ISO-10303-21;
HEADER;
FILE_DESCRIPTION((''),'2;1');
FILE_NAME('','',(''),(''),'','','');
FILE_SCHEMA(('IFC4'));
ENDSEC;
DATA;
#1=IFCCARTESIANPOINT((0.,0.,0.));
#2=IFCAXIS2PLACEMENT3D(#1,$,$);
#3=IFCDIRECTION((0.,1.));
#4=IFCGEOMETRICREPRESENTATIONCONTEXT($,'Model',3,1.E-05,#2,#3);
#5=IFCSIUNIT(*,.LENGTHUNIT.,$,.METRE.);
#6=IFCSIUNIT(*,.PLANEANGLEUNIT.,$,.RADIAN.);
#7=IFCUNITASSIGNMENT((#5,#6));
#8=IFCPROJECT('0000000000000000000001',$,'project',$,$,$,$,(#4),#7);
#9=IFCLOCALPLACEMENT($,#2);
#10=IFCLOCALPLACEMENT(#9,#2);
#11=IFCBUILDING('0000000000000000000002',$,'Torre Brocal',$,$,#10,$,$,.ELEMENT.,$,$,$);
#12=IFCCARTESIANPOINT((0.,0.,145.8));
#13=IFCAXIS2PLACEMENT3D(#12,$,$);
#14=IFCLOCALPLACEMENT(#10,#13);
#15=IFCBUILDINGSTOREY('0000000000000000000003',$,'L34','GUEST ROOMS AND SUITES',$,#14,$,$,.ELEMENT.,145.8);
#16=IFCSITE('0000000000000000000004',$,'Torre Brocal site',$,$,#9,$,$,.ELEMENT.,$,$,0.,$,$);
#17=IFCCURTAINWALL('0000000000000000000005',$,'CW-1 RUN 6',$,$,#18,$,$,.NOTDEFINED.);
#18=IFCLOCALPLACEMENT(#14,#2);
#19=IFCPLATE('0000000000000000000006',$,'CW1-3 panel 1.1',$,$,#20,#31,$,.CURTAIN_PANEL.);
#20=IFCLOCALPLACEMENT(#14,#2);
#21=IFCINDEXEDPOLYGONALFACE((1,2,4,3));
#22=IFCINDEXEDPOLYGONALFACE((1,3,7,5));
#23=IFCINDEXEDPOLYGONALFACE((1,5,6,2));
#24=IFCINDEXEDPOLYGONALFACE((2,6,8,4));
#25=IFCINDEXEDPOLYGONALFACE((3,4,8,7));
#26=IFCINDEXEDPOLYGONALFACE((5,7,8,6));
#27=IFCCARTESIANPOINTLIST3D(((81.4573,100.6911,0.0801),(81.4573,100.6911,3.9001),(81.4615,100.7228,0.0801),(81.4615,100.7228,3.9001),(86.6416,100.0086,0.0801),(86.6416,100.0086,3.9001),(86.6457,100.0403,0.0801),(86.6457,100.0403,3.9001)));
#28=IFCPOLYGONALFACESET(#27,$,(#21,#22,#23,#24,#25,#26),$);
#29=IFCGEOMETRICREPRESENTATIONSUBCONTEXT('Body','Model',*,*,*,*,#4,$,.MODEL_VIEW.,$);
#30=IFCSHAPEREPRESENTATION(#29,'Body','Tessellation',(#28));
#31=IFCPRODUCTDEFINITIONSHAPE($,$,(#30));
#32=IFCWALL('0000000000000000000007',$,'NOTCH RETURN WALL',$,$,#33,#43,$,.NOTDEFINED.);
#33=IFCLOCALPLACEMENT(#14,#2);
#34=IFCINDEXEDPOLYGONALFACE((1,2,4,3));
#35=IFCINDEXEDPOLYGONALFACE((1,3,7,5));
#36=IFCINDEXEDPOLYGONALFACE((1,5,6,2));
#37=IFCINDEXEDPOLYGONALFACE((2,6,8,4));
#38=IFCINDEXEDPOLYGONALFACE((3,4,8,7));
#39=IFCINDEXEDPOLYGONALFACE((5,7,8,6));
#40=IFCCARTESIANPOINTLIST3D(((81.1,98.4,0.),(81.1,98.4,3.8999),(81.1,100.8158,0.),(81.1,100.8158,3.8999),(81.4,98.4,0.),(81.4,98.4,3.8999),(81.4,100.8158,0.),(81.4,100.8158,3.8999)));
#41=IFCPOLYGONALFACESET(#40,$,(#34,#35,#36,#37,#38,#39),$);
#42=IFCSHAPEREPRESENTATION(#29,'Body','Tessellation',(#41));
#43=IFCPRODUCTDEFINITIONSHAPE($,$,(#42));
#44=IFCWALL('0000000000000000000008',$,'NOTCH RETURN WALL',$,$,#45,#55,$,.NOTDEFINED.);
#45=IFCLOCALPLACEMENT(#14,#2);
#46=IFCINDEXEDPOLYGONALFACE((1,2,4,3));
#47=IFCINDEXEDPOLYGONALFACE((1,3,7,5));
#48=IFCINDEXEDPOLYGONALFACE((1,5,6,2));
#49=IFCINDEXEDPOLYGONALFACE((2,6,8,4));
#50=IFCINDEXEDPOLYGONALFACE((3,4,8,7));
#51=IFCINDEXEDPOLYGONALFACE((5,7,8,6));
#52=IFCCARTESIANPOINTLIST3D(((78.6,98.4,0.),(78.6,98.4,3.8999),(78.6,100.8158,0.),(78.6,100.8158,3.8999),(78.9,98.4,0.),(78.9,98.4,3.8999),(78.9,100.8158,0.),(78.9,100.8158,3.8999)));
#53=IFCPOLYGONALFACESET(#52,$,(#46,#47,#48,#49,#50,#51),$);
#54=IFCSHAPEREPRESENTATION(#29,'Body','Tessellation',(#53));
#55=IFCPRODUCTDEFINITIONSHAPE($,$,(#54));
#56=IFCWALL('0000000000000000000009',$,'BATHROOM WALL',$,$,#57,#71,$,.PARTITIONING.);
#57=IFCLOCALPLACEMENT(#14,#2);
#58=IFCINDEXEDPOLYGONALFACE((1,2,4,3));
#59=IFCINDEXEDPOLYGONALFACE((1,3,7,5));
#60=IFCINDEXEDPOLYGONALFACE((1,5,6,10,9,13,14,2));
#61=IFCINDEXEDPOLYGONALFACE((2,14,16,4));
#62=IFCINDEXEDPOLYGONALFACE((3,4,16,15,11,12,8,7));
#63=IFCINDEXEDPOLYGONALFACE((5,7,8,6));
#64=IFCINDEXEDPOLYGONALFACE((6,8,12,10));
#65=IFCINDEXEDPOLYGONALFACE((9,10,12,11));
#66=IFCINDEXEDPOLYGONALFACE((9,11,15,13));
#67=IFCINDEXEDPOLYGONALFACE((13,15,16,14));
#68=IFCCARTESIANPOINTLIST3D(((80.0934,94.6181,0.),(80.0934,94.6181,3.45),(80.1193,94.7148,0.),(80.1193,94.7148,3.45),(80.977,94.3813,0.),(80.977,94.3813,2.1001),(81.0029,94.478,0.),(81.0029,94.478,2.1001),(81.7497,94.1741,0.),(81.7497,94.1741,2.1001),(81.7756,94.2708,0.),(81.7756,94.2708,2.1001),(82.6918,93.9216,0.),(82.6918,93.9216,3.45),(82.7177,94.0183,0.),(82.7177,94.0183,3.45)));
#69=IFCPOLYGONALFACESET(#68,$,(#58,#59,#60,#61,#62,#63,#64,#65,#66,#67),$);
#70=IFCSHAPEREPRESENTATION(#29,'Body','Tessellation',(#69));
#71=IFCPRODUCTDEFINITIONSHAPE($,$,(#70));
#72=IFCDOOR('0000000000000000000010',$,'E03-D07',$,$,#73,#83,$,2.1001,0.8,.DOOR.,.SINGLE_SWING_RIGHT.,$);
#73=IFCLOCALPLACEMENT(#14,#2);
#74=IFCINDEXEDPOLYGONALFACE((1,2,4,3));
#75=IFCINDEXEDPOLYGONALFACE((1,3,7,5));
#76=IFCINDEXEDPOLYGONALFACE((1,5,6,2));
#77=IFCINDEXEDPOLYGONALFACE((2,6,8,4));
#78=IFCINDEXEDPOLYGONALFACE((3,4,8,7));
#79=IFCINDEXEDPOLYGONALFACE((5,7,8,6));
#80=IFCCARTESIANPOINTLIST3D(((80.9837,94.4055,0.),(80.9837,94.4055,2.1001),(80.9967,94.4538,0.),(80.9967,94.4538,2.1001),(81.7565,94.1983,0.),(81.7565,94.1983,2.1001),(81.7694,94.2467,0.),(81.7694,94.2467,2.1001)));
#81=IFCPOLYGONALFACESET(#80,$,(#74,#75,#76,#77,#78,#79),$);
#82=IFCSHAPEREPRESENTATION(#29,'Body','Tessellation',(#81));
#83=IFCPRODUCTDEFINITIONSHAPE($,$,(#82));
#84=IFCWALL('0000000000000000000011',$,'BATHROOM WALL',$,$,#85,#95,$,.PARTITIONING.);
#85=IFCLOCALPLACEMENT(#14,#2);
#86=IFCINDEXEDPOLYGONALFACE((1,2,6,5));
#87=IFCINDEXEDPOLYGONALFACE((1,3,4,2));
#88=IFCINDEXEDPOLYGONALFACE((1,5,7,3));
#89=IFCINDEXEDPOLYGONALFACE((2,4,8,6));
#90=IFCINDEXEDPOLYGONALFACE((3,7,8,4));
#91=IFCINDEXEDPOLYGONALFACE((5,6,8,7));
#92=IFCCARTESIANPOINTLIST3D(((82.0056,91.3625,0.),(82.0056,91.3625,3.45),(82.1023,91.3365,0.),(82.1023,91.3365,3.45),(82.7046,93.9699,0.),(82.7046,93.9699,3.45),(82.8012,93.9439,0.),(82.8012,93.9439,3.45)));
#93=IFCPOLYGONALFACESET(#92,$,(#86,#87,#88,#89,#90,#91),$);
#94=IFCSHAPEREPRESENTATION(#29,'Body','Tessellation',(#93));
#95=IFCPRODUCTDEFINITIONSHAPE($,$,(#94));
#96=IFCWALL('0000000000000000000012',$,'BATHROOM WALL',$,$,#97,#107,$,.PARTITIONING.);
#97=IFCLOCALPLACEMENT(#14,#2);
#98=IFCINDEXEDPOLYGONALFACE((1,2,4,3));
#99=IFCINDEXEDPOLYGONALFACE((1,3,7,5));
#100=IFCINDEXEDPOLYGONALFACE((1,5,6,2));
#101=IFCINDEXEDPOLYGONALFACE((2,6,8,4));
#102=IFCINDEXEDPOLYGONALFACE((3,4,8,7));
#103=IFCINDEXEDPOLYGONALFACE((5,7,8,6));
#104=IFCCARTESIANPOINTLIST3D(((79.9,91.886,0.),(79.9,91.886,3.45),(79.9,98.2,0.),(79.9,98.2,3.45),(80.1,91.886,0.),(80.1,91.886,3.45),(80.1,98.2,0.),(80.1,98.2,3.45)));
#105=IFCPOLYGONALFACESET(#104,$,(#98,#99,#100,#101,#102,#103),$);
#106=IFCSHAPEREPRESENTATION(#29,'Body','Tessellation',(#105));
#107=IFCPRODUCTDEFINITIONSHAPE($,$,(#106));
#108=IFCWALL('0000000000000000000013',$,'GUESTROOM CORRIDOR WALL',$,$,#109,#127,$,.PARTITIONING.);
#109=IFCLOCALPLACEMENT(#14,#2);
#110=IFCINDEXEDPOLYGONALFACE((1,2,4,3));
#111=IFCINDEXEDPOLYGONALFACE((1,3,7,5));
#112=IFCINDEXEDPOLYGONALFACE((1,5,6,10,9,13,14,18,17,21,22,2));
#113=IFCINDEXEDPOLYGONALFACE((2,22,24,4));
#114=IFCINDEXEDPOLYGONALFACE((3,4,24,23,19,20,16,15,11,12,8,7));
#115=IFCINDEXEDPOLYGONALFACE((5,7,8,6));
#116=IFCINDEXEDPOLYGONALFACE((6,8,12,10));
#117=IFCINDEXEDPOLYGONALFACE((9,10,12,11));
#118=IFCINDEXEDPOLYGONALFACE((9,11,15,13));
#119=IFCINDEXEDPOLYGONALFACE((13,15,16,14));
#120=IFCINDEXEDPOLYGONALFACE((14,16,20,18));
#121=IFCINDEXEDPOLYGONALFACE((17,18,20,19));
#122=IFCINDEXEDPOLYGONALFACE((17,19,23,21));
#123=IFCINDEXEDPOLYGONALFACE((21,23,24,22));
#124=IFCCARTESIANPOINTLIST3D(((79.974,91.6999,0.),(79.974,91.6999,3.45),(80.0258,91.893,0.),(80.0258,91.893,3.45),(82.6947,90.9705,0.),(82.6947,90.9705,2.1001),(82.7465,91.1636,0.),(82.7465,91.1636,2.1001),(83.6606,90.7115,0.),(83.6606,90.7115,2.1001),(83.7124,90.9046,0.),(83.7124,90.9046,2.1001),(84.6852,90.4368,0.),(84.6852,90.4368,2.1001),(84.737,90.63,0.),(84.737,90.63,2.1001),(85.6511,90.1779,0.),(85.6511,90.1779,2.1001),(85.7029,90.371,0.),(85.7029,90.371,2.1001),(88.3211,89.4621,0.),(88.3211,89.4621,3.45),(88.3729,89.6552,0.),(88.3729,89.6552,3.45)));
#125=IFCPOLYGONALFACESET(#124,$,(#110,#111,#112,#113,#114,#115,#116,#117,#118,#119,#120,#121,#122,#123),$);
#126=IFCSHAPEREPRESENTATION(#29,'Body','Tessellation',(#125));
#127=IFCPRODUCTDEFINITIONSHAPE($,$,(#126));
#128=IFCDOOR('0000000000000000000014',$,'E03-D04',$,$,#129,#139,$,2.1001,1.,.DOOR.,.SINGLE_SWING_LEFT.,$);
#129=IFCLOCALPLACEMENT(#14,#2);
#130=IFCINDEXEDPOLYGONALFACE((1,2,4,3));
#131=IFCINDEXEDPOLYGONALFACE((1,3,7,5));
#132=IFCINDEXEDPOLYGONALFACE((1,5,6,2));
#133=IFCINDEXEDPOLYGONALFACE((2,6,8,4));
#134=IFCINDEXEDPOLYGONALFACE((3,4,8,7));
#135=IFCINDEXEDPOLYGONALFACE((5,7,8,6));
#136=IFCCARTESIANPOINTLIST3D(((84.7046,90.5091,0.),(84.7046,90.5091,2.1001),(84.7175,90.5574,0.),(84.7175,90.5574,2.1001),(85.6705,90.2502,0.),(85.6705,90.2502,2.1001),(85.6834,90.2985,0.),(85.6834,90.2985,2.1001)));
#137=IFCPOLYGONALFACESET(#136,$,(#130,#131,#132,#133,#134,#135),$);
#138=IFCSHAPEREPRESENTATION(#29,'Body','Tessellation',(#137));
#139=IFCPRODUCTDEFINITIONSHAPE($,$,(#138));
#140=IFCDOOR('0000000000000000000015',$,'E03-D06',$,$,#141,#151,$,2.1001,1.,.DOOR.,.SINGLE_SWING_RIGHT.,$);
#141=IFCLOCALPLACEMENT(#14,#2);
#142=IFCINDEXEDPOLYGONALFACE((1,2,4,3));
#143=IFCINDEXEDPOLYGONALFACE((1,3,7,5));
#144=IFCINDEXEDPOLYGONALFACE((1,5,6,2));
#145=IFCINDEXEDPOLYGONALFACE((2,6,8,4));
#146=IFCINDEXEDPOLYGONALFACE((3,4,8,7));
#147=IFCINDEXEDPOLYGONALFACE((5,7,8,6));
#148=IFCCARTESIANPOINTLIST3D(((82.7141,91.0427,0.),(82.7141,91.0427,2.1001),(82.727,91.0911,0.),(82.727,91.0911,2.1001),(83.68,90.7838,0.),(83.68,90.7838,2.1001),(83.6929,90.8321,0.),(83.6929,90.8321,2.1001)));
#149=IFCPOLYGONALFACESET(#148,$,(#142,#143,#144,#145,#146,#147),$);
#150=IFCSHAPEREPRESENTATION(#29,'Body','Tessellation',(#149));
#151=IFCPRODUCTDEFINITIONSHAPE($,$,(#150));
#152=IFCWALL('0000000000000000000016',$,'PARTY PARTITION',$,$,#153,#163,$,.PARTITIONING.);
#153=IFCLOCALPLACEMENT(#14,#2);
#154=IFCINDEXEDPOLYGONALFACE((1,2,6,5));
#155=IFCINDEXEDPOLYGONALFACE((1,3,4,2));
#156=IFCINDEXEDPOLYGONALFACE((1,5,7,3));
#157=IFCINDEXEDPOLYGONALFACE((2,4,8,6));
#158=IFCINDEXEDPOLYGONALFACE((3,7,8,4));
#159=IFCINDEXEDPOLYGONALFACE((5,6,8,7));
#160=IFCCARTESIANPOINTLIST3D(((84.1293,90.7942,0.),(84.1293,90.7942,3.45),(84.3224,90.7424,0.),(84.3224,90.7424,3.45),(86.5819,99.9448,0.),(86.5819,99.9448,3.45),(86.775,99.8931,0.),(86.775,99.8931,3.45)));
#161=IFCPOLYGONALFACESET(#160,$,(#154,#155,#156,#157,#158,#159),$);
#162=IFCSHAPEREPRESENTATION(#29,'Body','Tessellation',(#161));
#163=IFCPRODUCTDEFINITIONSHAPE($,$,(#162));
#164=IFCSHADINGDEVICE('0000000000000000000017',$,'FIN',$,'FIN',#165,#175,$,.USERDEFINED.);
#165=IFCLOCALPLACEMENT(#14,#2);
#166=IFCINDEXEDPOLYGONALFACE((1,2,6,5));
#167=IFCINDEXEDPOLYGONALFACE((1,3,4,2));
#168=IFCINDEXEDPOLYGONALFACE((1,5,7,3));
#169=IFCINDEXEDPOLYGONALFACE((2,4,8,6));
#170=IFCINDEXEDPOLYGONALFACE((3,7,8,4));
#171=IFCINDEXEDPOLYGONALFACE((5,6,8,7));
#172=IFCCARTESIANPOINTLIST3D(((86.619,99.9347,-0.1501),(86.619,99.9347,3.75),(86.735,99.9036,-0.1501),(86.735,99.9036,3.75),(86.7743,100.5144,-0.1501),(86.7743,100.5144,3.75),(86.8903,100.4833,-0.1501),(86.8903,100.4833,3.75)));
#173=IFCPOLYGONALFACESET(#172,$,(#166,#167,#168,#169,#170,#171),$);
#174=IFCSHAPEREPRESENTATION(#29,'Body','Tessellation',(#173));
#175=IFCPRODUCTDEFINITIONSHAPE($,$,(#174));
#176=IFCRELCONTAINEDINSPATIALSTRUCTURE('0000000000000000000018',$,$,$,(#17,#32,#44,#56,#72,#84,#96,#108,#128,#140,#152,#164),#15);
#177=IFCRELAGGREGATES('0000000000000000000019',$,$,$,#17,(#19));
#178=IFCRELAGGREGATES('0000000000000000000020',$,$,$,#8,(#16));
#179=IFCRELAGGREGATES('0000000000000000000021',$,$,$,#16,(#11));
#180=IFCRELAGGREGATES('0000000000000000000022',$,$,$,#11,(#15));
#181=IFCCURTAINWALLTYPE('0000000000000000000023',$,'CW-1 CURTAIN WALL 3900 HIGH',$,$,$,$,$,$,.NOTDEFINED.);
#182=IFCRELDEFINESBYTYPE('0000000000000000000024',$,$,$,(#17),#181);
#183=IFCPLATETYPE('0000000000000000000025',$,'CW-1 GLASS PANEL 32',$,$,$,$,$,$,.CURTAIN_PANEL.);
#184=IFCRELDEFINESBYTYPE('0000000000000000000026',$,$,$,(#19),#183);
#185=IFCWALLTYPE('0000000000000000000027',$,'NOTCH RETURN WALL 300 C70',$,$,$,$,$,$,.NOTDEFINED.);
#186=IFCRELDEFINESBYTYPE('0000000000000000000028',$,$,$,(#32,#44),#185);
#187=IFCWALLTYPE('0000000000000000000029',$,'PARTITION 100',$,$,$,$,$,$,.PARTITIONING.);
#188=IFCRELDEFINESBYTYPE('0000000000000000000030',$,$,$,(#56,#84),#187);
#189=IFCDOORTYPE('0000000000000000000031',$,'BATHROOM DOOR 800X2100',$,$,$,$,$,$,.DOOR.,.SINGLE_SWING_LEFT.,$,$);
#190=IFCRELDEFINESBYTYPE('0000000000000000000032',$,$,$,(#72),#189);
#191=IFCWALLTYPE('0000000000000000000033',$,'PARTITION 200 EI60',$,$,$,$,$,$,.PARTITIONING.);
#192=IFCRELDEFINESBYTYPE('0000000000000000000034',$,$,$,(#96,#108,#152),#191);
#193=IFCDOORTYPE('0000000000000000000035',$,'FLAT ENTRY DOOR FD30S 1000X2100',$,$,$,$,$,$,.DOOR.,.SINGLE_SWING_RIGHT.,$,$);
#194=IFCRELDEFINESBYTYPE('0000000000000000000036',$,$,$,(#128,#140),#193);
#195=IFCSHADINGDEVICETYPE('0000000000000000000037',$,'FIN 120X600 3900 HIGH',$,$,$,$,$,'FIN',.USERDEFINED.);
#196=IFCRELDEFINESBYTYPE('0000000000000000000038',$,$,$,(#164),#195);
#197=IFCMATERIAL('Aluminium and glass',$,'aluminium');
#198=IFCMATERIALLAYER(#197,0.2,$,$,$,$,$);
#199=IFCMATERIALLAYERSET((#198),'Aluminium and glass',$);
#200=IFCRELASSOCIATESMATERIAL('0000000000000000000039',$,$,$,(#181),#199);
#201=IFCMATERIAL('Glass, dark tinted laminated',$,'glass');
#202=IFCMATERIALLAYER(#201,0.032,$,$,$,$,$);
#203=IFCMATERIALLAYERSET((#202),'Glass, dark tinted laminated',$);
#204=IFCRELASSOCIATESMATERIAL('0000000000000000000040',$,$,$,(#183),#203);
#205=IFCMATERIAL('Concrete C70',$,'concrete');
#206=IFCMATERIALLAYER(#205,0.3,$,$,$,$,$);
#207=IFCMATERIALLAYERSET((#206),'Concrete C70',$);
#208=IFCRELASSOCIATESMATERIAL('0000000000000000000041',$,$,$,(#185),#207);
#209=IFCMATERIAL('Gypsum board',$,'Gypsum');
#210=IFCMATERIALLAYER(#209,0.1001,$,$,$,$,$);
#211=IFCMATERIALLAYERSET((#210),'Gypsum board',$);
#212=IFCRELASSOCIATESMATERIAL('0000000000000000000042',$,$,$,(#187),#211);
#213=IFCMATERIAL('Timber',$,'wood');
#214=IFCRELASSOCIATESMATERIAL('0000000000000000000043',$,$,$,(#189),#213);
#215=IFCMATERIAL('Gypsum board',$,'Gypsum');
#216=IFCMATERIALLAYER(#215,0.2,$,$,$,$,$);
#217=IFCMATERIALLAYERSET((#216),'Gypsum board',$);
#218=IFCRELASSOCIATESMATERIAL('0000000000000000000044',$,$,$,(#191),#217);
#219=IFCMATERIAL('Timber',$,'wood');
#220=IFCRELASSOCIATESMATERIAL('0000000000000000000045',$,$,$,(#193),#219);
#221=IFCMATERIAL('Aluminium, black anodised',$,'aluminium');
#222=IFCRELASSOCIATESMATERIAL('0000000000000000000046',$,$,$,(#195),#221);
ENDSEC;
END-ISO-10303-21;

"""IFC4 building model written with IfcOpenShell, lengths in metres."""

from ifc_helpers import new_model, si_unit, direction, frame, frame_2d, origin, origin_2d, place, context, subcontext, project, spatial, rectangle, extrude, material, layer, layer_set, material_profile, profile_set, type_object, element, fill, aggregate, save


model = new_model("IFC4")

# Units and contexts
model_context = context("Model", 3, precision=1e-05, world=origin(), true_north=direction((0.0, 1.0)))
body_context = subcontext(model_context, "Body", "Model", "MODEL_VIEW")
ifc_project = project(units=[si_unit("LENGTHUNIT", "METRE"), si_unit("PLANEANGLEUNIT", "RADIAN")], contexts=[model_context])

# Site, building, storey
site_placement = place(None, origin())
site = spatial("IfcSite", under=ifc_project, at=site_placement, Name="Torre Brocal site", CompositionType="ELEMENT", RefElevation=0.0)
building_placement = place(site_placement, origin())
building = spatial("IfcBuilding", under=site, at=building_placement, Name="Torre Brocal", CompositionType="ELEMENT")
storey_placement = place(building_placement, frame((0.0, 0.0, 145.8)))
storey = spatial("IfcBuildingStorey", under=building, at=storey_placement, Name="L34", Description="GUEST ROOMS AND SUITES", CompositionType="ELEMENT", Elevation=145.8)

# Shared definitions
ifc_material_1 = material(Name="Aluminium and glass", Category="aluminium")
ifc_layer_1 = layer(ifc_material_1, 0.2)
ifc_layer_set_1 = layer_set([ifc_layer_1], Name="Aluminium and glass")
curtain_wall_type = type_object("IfcCurtainWallType", Name="CW-1 CURTAIN WALL 3900 HIGH", PredefinedType="NOTDEFINED", material=ifc_layer_set_1)

# Curtain wall
curtain_wall_1_placement = place(storey_placement, origin())
curtain_wall_1 = element("IfcCurtainWall", 1, at=curtain_wall_1_placement, inside=storey, type_object=curtain_wall_type, Name="CW-1 RUN 6", PredefinedType="NOTDEFINED")

# Plate
ifc_material_2 = material(Name="Glass, dark tinted laminated", Category="glass")
ifc_layer_2 = layer(ifc_material_2, 0.032)
ifc_layer_set_2 = layer_set([ifc_layer_2], Name="Glass, dark tinted laminated")
plate_type = type_object("IfcPlateType", Name="CW-1 GLASS PANEL 32", PredefinedType="CURTAIN_PANEL", material=ifc_layer_set_2)
plate_1_placement = place(storey_placement, frame((84.0515, 100.3657, 0.0801), z_axis=(0.0, 0.0, 1.0), x_axis=(-0.991445, 0.130526, 0.0)))
plate_1 = element("IfcPlate", 2, at=plate_1_placement, type_object=plate_type, Name="CW1-3 panel 1.1", PredefinedType="CURTAIN_PANEL", context=body_context, shape_type="SweptSolid", body=[
    extrude(rectangle(XDim=5.229, YDim=0.032, at=origin_2d()), origin(), (0.0, 0.0, 1.0), 3.8201),
])
aggregate(curtain_wall_1, [plate_1])

# Walls
ifc_material_3 = material(Name="Concrete C70", Category="concrete")
ifc_layer_3 = layer(ifc_material_3, 0.3)
ifc_layer_set_3 = layer_set([ifc_layer_3], Name="Concrete C70")
wall_type_1 = type_object("IfcWallType", Name="NOTCH RETURN WALL 300 C70", PredefinedType="NOTDEFINED", material=ifc_layer_set_3)
for number, where, z_axis, x_axis, name in (
    (3, (81.25, 98.3999, 0.0), (0.0, 0.0, 1.0), (0.0, 1.0, 0.0), "NOTCH RETURN WALL"),
    (4, (78.75, 98.3999, 0.0), (0.0, 0.0, 1.0), (0.0, 1.0, 0.0), "NOTCH RETURN WALL"),
):
    element("IfcWall", number, at=place(storey_placement, frame(where, z_axis=z_axis, x_axis=x_axis)), inside=storey, type_object=wall_type_1, Name=name, PredefinedType="NOTDEFINED", context=body_context, shape_type="SweptSolid", body=[
        extrude(rectangle(XDim=2.4158, YDim=0.3, at=frame_2d((1.208, 0.0))), origin(), (0.0, 0.0, 1.0), 3.8999),
    ])

# Wall, opening, door
ifc_material_4 = material(Name="Gypsum board", Category="Gypsum")
ifc_layer_4 = layer(ifc_material_4, 0.1001)
ifc_layer_set_4 = layer_set([ifc_layer_4], Name="Gypsum board")
wall_type_2 = type_object("IfcWallType", Name="PARTITION 100", PredefinedType="PARTITIONING", material=ifc_layer_set_4)
wall_1_placement = place(storey_placement, frame((80.1062, 94.6665, 0.0), z_axis=(0.0, 0.0, 1.0), x_axis=(0.965898, -0.258922, 0.0)))
wall_1 = element("IfcWall", 5, at=wall_1_placement, inside=storey, type_object=wall_type_2, Name="BATHROOM WALL", PredefinedType="PARTITIONING", context=body_context, shape_type="SweptSolid", body=[
    extrude(rectangle(XDim=2.6902, YDim=0.1001, at=frame_2d((1.3452, 0.0))), origin(), (0.0, 0.0, 1.0), 3.45),
])
opening_1_placement = place(wall_1_placement, frame((0.915, 0.0, 0.0)))
opening_1 = element("IfcOpeningElement", 6, at=opening_1_placement, cuts=wall_1, PredefinedType="OPENING", context=body_context, shape_type="SweptSolid", body=[
    extrude(rectangle(XDim=0.8, YDim=2.1001, at=frame_2d((0.3999, 1.05))), frame((0.0, 0.0601, 0.0), z_axis=(0.0, -1.0, 0.0), x_axis=(1.0, 0.0, 0.0)), (0.0, 0.0, 1.0), 0.1201),
])
ifc_material_5 = material(Name="Timber", Category="wood")
door_type_1 = type_object("IfcDoorType", Name="BATHROOM DOOR 800X2100", OperationType="SINGLE_SWING_LEFT", PredefinedType="DOOR", material=ifc_material_5)
door_1_placement = place(opening_1_placement, frame((0.8, 0.0, 0.0), z_axis=(0.0, 0.0, 1.0), x_axis=(-1.0, 0.0, 0.0)))
door_1 = element("IfcDoor", 7, at=door_1_placement, inside=storey, type_object=door_type_1, Name="E03-D07", OperationType="SINGLE_SWING_RIGHT", OverallHeight=2.1001, OverallWidth=0.8, PredefinedType="DOOR", context=body_context, shape_type="SweptSolid", body=[
    extrude(rectangle(XDim=0.8, YDim=2.1001, at=frame_2d((0.3999, 1.05))), frame((0.0, 0.0249, 0.0), z_axis=(0.0, -1.0, 0.0), x_axis=(1.0, 0.0, 0.0)), (0.0, 0.0, 1.0), 0.05),
])
fill(opening_1, door_1)

# Walls
wall_2_placement = place(storey_placement, frame((82.054, 91.3496, 0.0), z_axis=(0.0, 0.0, 1.0), x_axis=(0.258929, 0.965896, 0.0)))
element("IfcWall", 8, at=wall_2_placement, inside=storey, type_object=wall_type_2, Name="BATHROOM WALL", PredefinedType="PARTITIONING", context=body_context, shape_type="SweptSolid", body=[
    extrude(rectangle(XDim=2.6995, YDim=0.1001, at=frame_2d((1.3496, 0.0))), origin(), (0.0, 0.0, 1.0), 3.45),
])
ifc_material_6 = material(Name="Gypsum board", Category="Gypsum")
ifc_layer_5 = layer(ifc_material_6, 0.2)
ifc_layer_set_5 = layer_set([ifc_layer_5], Name="Gypsum board")
wall_type_3 = type_object("IfcWallType", Name="PARTITION 200 EI60", PredefinedType="PARTITIONING", material=ifc_layer_set_5)
wall_3_placement = place(storey_placement, frame((80.0, 91.886, 0.0), z_axis=(0.0, 0.0, 1.0), x_axis=(0.0, 1.0, 0.0)))
element("IfcWall", 9, at=wall_3_placement, inside=storey, type_object=wall_type_3, Name="BATHROOM WALL", PredefinedType="PARTITIONING", context=body_context, shape_type="SweptSolid", body=[
    extrude(rectangle(XDim=6.314, YDim=0.2, at=frame_2d((3.157, 0.0))), origin(), (0.0, 0.0, 1.0), 3.45),
])

# Wall, openings, doors
wall_4_placement = place(storey_placement, frame((80.0, 91.7964, 0.0), z_axis=(0.0, 0.0, 1.0), x_axis=(0.965892, -0.258946, 0.0)))
wall_4 = element("IfcWall", 10, at=wall_4_placement, inside=storey, type_object=wall_type_3, Name="GUESTROOM CORRIDOR WALL", PredefinedType="PARTITIONING", context=body_context, shape_type="SweptSolid", body=[
    extrude(rectangle(XDim=8.6418, YDim=0.2, at=frame_2d((4.3208, 0.0))), origin(), (0.0, 0.0, 1.0), 3.45),
])
opening_2_placement = place(wall_4_placement, frame((4.8774, 0.0, 0.0)))
opening_2 = element("IfcOpeningElement", 11, at=opening_2_placement, cuts=wall_4, PredefinedType="OPENING", context=body_context, shape_type="SweptSolid", body=[
    extrude(rectangle(XDim=1.0, YDim=2.1001, at=frame_2d((0.5, 1.05))), frame((0.0, 0.1099, 0.0), z_axis=(0.0, -1.0, 0.0), x_axis=(1.0, 0.0, 0.0)), (0.0, 0.0, 1.0), 0.22),
])
opening_3_placement = place(wall_4_placement, frame((2.8167, 0.0, 0.0)))
opening_3 = element("IfcOpeningElement", 12, at=opening_3_placement, cuts=wall_4, PredefinedType="OPENING", context=body_context, shape_type="SweptSolid", body=[
    extrude(rectangle(XDim=1.0, YDim=2.1001, at=frame_2d((0.5, 1.05))), frame((0.0, 0.1099, 0.0), z_axis=(0.0, -1.0, 0.0), x_axis=(1.0, 0.0, 0.0)), (0.0, 0.0, 1.0), 0.22),
])
ifc_material_7 = material(Name="Timber", Category="wood")
door_type_2 = type_object("IfcDoorType", Name="FLAT ENTRY DOOR FD30S 1000X2100", OperationType="SINGLE_SWING_RIGHT", PredefinedType="DOOR", material=ifc_material_7)
door_2_placement = place(opening_2_placement, origin())
door_2 = element("IfcDoor", 13, at=door_2_placement, inside=storey, type_object=door_type_2, Name="E03-D04", OperationType="SINGLE_SWING_LEFT", OverallHeight=2.1001, OverallWidth=1.0, PredefinedType="DOOR", context=body_context, shape_type="SweptSolid", body=[
    extrude(rectangle(XDim=1.0, YDim=2.1001, at=frame_2d((0.5, 1.05))), frame((0.0, 0.0249, 0.0), z_axis=(0.0, -1.0, 0.0), x_axis=(1.0, 0.0, 0.0)), (0.0, 0.0, 1.0), 0.05),
])
fill(opening_2, door_2)
door_3_placement = place(opening_3_placement, origin())
door_3 = element("IfcDoor", 14, at=door_3_placement, inside=storey, type_object=door_type_2, Name="E03-D06", OperationType="SINGLE_SWING_RIGHT", OverallHeight=2.1001, OverallWidth=1.0, PredefinedType="DOOR", context=body_context, shape_type="SweptSolid", body=[
    extrude(rectangle(XDim=1.0, YDim=2.1001, at=frame_2d((0.5, 1.05))), frame((0.0, 0.0249, 0.0), z_axis=(0.0, -1.0, 0.0), x_axis=(1.0, 0.0, 0.0)), (0.0, 0.0, 1.0), 0.05),
])
fill(opening_3, door_3)

# Wall
wall_5_placement = place(storey_placement, frame((84.2258, 90.7683, 0.0), z_axis=(0.0, 0.0, 1.0), x_axis=(0.258891, 0.965907, 0.0)))
element("IfcWall", 15, at=wall_5_placement, inside=storey, type_object=wall_type_3, Name="PARTY PARTITION", PredefinedType="PARTITIONING", context=body_context, shape_type="SweptSolid", body=[
    extrude(rectangle(XDim=9.4736, YDim=0.2, at=frame_2d((4.7368, 0.0))), origin(), (0.0, 0.0, 1.0), 3.45),
])

# Shading device
ifc_material_8 = material(Name="Aluminium, black anodised", Category="aluminium")
ifc_material_profile_1 = material_profile(ifc_material_8, rectangle(XDim=0.1201, YDim=0.6001, at=origin_2d()), Name="FIN 120X600 3900 HIGH")
ifc_profile_set_1 = profile_set([ifc_material_profile_1], Name="Aluminium, black anodised")
shading_device_type = type_object("IfcShadingDeviceType", Name="FIN 120X600 3900 HIGH", ElementType="FIN", PredefinedType="USERDEFINED", material=ifc_profile_set_1)
shading_device_placement = place(storey_placement, frame((86.7546, 100.209, -0.1501), z_axis=(0.0, 0.0, 1.0), x_axis=(-0.965926, 0.258819, 0.0)))
element("IfcShadingDevice", 16, at=shading_device_placement, inside=storey, type_object=shading_device_type, Name="FIN", ObjectType="FIN", PredefinedType="USERDEFINED", context=body_context, shape_type="SweptSolid", body=[
    extrude(rectangle(XDim=0.1201, YDim=0.6001, at=origin_2d()), origin(), (0.0, 0.0, 1.0), 3.9001),
])

save(model, "model.ifc")
